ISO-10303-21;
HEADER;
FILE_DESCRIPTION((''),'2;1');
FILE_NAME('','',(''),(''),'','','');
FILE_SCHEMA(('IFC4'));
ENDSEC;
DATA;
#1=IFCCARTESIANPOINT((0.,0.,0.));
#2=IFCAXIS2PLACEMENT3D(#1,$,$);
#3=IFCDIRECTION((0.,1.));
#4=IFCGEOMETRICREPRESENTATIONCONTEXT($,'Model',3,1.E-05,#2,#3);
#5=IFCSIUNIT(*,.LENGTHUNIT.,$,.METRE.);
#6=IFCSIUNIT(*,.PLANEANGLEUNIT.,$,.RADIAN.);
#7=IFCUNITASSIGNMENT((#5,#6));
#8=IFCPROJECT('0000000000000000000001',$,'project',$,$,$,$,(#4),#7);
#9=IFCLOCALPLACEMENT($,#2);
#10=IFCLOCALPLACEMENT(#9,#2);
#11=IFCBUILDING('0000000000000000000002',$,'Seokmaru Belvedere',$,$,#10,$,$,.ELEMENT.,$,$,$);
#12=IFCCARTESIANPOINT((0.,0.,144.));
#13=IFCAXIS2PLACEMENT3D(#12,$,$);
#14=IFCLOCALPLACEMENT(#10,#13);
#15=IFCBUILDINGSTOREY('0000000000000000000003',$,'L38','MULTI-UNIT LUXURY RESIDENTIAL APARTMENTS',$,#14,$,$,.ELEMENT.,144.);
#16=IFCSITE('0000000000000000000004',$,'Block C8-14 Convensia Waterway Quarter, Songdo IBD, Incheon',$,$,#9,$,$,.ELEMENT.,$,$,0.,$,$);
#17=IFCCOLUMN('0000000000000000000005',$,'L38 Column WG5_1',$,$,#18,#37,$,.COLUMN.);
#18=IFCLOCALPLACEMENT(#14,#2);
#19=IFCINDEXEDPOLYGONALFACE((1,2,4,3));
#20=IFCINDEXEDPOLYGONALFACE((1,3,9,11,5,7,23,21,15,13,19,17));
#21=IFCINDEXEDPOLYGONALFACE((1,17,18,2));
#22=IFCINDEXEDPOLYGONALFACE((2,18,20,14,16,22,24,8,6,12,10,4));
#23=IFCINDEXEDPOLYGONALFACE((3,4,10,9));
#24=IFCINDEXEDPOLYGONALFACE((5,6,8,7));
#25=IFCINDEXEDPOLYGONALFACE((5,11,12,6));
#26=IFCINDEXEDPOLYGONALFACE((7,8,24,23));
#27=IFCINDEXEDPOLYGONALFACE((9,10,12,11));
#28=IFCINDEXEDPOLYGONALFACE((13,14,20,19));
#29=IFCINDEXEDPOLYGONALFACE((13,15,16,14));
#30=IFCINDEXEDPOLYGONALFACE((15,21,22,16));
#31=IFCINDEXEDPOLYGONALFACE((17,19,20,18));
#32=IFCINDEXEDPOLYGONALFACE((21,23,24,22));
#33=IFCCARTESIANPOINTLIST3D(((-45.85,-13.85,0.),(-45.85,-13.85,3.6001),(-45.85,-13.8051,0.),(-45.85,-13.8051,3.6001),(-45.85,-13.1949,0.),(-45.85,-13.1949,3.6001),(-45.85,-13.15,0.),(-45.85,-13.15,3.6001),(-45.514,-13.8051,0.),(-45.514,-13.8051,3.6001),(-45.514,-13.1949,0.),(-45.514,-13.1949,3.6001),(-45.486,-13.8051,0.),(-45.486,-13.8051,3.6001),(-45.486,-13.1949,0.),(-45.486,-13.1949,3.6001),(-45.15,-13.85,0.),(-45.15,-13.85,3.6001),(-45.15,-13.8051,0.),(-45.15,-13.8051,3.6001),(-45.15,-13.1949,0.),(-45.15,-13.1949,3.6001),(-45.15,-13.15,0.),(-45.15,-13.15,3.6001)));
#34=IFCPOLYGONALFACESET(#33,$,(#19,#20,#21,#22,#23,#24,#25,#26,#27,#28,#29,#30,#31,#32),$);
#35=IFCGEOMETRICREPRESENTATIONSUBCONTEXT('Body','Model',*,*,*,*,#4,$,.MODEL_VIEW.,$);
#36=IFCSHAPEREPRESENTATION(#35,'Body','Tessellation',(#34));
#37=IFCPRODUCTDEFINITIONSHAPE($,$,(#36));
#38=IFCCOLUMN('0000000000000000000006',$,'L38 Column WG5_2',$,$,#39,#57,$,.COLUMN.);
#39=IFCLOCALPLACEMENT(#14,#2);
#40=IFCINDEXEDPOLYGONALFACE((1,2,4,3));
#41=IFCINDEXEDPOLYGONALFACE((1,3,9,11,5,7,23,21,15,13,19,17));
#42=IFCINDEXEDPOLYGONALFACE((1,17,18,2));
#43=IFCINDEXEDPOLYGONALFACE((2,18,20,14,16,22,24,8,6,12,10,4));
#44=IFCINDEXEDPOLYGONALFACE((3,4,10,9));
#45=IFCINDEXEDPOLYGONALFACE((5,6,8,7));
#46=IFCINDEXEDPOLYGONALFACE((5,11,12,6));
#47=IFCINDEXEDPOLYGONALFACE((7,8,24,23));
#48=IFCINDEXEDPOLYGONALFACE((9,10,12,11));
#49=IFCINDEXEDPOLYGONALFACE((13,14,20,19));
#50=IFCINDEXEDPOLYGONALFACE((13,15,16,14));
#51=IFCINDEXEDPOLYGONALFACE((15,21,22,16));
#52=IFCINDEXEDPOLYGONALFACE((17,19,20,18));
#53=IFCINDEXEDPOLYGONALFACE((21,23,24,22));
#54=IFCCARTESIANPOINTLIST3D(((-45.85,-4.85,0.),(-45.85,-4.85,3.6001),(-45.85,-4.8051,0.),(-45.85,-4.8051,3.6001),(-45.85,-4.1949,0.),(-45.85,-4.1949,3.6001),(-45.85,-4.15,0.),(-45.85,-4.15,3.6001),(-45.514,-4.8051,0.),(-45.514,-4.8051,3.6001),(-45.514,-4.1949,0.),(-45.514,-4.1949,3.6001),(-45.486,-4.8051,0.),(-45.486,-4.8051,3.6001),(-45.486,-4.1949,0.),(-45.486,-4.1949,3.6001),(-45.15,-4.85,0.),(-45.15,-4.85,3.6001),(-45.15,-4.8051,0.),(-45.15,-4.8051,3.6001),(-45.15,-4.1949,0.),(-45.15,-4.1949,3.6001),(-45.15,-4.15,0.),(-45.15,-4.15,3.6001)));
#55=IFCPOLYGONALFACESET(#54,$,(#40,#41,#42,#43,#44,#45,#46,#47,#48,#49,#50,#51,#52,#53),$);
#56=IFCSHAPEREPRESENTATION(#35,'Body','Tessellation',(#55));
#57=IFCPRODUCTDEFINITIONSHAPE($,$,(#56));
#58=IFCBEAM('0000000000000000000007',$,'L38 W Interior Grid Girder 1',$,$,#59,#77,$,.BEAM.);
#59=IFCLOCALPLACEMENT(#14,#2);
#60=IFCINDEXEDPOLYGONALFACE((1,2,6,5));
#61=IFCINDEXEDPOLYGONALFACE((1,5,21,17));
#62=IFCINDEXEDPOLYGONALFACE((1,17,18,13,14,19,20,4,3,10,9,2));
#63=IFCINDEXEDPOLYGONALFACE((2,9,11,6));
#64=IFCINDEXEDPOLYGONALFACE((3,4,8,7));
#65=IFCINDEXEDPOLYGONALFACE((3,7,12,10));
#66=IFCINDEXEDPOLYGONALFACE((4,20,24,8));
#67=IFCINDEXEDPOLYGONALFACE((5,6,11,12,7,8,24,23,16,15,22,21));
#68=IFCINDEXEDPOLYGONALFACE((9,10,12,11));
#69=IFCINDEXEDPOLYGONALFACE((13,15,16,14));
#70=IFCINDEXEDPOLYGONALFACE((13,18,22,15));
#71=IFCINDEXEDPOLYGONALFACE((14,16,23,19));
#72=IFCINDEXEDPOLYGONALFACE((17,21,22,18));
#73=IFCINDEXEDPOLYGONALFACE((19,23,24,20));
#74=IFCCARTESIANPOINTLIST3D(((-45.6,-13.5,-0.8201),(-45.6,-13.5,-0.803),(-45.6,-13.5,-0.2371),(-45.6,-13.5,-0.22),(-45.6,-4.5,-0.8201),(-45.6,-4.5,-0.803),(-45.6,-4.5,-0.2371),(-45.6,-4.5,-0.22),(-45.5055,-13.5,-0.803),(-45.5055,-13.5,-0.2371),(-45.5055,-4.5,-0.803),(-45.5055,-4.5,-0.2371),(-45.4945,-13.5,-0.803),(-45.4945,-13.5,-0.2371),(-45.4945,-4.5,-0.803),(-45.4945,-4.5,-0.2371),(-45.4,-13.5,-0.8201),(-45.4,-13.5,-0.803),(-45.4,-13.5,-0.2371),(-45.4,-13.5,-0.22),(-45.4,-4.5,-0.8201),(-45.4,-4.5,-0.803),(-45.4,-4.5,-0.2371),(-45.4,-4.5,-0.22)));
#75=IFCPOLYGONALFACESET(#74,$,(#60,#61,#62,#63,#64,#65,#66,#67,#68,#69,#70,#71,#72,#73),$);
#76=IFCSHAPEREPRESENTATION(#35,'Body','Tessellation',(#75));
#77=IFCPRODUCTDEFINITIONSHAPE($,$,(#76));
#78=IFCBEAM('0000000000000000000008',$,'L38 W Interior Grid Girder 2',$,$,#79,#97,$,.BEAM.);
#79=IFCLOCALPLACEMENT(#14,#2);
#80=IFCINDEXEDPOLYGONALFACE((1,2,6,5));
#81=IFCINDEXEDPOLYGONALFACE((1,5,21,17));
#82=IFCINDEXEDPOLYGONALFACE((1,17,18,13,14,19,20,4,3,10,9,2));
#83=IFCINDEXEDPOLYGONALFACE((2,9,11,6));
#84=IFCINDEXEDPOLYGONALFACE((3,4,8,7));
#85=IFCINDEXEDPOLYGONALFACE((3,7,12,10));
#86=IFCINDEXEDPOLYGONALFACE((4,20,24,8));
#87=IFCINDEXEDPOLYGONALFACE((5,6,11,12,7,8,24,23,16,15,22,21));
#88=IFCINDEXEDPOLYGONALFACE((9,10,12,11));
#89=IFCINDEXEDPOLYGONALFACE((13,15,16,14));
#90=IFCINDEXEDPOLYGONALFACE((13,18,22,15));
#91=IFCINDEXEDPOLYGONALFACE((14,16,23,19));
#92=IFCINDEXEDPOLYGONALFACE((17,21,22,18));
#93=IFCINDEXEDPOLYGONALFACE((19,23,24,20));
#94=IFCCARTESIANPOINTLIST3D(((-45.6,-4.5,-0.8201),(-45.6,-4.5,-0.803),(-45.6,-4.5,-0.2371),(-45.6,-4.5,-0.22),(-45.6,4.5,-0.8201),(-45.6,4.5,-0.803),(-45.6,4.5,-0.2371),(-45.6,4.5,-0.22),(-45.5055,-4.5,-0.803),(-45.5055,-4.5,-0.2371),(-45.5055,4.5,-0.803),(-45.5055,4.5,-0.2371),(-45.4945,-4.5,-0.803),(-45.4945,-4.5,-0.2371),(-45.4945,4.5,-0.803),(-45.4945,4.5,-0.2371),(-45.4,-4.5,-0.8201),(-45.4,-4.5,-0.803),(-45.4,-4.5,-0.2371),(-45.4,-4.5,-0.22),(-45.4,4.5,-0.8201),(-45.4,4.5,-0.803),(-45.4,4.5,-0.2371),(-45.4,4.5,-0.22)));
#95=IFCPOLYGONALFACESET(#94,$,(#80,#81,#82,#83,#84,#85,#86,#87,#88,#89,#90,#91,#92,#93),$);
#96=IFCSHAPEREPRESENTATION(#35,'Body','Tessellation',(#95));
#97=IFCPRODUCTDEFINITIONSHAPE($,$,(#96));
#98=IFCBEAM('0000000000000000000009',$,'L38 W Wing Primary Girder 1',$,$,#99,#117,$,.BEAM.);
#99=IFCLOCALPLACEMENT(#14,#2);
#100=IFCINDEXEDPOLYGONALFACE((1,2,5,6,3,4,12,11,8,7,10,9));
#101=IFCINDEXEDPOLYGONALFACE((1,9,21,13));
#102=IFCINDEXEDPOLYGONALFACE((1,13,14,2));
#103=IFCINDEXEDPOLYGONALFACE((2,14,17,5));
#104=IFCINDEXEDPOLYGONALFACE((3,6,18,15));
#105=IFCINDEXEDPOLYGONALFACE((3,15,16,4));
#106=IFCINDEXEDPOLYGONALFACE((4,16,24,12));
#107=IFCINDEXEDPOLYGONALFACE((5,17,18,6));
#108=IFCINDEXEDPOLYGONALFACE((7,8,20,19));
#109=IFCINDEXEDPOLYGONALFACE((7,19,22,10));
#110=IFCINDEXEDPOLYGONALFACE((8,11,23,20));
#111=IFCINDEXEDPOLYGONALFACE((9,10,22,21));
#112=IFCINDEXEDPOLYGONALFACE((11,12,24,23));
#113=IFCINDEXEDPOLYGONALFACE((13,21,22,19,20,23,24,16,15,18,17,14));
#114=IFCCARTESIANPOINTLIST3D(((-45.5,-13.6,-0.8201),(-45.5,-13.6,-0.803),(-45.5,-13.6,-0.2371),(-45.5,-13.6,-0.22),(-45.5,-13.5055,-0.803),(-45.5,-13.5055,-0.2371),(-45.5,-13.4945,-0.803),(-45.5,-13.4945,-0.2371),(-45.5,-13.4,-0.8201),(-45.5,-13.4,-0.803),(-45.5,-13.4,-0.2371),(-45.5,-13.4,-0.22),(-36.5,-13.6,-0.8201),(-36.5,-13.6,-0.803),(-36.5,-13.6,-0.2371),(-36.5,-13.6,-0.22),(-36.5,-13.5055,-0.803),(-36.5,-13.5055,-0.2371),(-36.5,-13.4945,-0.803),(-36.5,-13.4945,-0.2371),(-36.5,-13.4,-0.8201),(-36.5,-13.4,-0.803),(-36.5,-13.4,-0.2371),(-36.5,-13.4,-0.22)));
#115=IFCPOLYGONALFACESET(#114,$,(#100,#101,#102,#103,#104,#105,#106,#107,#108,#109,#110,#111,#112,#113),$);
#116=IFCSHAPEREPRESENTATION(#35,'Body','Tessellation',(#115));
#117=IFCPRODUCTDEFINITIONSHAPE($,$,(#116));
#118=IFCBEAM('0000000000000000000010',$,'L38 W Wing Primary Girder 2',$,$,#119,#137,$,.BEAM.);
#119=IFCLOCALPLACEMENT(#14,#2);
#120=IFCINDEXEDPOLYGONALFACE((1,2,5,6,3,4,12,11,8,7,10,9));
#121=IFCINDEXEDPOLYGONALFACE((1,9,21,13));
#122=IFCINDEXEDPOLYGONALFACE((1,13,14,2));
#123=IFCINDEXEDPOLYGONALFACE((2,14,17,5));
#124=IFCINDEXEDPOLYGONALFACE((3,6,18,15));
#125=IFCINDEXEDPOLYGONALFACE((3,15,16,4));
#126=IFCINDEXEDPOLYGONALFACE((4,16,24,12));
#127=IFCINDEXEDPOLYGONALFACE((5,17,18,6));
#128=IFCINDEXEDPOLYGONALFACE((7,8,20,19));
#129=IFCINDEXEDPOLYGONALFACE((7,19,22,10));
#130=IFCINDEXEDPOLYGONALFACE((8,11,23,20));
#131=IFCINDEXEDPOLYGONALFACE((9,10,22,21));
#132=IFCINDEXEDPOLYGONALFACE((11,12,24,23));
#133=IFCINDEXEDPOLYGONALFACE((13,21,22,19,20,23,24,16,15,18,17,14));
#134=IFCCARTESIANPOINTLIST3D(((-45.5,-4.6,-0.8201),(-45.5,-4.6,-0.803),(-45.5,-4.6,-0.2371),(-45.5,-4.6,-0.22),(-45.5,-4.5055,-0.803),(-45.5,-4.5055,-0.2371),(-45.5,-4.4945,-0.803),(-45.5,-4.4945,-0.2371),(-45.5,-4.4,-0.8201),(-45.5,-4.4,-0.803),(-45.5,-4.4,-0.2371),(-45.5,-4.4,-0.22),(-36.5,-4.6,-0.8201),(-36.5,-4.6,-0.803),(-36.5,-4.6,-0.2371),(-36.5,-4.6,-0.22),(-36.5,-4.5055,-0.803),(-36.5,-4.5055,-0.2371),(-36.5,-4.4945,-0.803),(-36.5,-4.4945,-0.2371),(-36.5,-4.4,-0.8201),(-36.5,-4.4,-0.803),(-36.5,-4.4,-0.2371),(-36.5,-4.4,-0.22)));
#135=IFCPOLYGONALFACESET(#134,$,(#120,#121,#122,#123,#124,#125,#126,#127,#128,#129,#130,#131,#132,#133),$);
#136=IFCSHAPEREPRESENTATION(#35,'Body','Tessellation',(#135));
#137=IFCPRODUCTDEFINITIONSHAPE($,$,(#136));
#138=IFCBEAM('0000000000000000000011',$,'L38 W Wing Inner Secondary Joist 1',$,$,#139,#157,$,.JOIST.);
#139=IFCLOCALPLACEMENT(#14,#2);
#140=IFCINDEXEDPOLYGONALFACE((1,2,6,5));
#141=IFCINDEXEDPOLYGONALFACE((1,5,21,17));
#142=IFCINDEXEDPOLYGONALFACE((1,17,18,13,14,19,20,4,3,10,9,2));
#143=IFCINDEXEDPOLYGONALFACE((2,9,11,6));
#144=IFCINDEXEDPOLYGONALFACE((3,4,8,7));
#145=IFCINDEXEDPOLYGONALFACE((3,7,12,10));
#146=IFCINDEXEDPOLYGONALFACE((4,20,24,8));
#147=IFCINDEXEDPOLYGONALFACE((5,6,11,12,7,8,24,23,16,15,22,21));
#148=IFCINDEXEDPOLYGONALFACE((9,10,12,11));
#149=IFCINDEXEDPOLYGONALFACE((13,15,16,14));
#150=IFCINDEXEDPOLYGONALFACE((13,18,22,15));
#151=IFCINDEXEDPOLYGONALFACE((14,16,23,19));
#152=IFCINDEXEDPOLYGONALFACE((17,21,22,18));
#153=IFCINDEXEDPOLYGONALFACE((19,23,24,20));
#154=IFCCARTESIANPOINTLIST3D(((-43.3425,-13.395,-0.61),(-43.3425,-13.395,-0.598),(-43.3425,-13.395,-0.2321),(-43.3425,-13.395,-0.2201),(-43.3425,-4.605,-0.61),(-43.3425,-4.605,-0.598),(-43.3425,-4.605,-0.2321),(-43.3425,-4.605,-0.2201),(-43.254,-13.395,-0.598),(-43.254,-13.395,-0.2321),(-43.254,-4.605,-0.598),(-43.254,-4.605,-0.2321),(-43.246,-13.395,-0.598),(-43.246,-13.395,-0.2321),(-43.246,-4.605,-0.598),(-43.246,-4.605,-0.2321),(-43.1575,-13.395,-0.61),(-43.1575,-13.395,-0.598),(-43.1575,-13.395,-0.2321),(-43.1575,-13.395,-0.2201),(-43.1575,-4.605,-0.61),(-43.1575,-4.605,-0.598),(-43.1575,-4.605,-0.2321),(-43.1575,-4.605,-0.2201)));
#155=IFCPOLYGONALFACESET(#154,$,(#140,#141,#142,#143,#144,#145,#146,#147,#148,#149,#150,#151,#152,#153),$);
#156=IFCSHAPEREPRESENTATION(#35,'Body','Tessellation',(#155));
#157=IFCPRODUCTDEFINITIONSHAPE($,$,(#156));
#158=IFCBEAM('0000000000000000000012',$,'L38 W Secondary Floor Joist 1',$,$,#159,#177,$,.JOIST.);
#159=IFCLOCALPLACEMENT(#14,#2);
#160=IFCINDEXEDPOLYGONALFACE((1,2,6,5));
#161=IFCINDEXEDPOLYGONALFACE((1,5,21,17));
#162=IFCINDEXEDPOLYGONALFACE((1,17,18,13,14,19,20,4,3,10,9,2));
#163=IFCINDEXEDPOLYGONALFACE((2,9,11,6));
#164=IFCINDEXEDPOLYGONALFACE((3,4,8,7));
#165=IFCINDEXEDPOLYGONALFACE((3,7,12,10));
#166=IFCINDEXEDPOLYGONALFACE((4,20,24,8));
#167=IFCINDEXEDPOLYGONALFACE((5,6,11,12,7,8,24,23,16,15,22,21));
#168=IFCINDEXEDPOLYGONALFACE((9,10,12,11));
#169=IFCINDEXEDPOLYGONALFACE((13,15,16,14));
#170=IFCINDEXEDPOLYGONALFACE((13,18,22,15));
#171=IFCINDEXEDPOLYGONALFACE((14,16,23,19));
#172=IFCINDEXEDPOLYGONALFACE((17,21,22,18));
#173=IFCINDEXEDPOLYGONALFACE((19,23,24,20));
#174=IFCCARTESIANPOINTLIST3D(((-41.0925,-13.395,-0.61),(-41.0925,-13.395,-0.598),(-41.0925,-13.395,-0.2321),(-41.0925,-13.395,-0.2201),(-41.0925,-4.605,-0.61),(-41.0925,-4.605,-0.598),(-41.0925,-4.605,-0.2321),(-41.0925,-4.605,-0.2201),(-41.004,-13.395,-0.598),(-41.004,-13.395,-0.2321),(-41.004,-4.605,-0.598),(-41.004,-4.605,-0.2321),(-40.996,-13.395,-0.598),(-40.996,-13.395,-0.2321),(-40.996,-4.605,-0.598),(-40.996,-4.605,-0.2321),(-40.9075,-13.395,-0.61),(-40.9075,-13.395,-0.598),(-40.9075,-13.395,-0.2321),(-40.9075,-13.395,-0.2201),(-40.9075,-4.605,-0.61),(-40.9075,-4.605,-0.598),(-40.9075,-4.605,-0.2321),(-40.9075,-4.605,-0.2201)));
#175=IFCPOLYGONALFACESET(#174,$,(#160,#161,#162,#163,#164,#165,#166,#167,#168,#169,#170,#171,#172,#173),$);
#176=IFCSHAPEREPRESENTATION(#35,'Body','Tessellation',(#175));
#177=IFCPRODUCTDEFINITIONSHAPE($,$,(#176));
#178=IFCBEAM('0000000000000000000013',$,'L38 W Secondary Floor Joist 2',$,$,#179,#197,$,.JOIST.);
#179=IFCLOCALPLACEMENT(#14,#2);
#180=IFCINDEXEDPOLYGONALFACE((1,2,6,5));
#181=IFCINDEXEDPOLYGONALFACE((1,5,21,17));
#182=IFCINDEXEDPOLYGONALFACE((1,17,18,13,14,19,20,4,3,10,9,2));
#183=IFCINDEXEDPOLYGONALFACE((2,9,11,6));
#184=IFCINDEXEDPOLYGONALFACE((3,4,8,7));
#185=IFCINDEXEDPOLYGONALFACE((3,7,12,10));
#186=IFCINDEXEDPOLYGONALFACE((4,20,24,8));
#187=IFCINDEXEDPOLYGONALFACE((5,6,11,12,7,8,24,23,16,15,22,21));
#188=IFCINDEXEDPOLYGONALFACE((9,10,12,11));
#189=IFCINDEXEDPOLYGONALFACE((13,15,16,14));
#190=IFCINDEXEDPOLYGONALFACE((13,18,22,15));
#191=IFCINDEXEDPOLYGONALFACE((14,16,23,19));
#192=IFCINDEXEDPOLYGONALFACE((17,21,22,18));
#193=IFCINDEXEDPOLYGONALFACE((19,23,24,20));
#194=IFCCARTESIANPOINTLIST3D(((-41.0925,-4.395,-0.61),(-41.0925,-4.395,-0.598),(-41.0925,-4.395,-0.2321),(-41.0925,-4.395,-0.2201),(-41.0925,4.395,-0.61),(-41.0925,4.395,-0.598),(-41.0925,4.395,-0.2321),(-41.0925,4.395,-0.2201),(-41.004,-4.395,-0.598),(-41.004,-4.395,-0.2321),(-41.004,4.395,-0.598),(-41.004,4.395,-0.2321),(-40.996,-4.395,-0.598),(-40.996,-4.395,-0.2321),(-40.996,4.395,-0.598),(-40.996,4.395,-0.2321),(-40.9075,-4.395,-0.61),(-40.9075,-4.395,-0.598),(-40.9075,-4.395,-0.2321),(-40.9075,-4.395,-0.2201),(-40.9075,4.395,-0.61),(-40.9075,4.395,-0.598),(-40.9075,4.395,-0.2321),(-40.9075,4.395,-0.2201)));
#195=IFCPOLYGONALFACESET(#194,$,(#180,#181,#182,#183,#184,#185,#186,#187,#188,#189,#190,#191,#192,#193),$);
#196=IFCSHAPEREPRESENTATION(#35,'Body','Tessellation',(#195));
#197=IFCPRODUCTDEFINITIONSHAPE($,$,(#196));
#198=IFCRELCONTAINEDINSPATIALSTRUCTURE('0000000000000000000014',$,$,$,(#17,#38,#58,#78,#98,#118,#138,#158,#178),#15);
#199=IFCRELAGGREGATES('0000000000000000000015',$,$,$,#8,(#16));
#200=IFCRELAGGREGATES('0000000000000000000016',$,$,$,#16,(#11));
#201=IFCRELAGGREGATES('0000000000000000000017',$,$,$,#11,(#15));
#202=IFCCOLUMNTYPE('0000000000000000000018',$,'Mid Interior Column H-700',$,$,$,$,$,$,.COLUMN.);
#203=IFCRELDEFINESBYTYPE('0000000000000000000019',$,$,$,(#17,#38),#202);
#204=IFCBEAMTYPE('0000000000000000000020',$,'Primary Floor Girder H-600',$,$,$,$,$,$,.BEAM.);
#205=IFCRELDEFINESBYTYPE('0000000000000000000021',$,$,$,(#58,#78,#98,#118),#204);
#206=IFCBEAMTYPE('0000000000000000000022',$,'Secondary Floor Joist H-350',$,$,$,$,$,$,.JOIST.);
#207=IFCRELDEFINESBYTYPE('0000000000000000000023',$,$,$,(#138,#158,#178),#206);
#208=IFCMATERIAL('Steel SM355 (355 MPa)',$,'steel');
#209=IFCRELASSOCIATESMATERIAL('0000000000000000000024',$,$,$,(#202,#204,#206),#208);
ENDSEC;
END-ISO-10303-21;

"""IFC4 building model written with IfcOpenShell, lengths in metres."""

from ifc_helpers import new_model, si_unit, direction, frame, origin, origin_2d, place, context, subcontext, project, spatial, i_section, extrude, source, transform, mapped, material, material_profile, profile_set, type_object, type_shapes, element, save


model = new_model("IFC4")

# Units and contexts
model_context = context("Model", 3, precision=1e-05, world=origin(), true_north=direction((0.0, 1.0)))
body_context = subcontext(model_context, "Body", "Model", "MODEL_VIEW")
ifc_project = project(units=[si_unit("LENGTHUNIT", "METRE"), si_unit("PLANEANGLEUNIT", "RADIAN")], contexts=[model_context])

# Site, building, storey
site_placement = place(None, origin())
site = spatial("IfcSite", under=ifc_project, at=site_placement, Name="Block C8-14 Convensia Waterway Quarter, Songdo IBD, Incheon", CompositionType="ELEMENT", RefElevation=0.0)
building_placement = place(site_placement, origin())
building = spatial("IfcBuilding", under=site, at=building_placement, Name="Seokmaru Belvedere", CompositionType="ELEMENT")
storey_placement = place(building_placement, frame((0.0, 0.0, 144.0)))
storey = spatial("IfcBuildingStorey", under=building, at=storey_placement, Name="L38", Description="MULTI-UNIT LUXURY RESIDENTIAL APARTMENTS", CompositionType="ELEMENT", Elevation=144.0)

# Columns
ifc_material_1 = material(Name="Steel SM355 (355 MPa)", Category="steel")
ifc_material_profile_1 = material_profile(ifc_material_1, i_section(OverallWidth=0.7, OverallDepth=0.7, WebThickness=0.0281, FlangeThickness=0.0449, at=origin_2d()), Name="H-700x700x28x45")
ifc_profile_set_1 = profile_set([ifc_material_profile_1], Name="Steel SM355 (355 MPa)")
column_type = type_object("IfcColumnType", Name="Mid Interior Column H-700", PredefinedType="COLUMN", material=ifc_profile_set_1)
shared_shape_1 = source(origin(), body_context, "Body", "SweptSolid", [
    extrude(i_section(OverallWidth=0.7, OverallDepth=0.7, WebThickness=0.0281, FlangeThickness=0.0449, at=origin_2d()), origin(), (0.0, 0.0, 1.0), 3.6001),
])
type_shapes(column_type, [shared_shape_1])
for number, where, z_axis, x_axis, name in (
    (1, (-45.5, -13.5, 0.0), (0.0, 0.0, 1.0), (1.0, 0.0, 0.0), "L38 Column WG5_1"),
    (2, (-45.5, -4.5, 0.0), (0.0, 0.0, 1.0), (1.0, 0.0, 0.0), "L38 Column WG5_2"),
):
    element("IfcColumn", number, at=place(storey_placement, frame(where, z_axis=z_axis, x_axis=x_axis)), inside=storey, type_object=column_type, Name=name, PredefinedType="COLUMN", context=body_context, shape_type="MappedRepresentation", body=[
        mapped(shared_shape_1, transform((0.0, 0.0, 0.0), scale=1.0)),
    ])

# Beams
ifc_material_profile_2 = material_profile(ifc_material_1, i_section(OverallWidth=0.2, OverallDepth=0.6001, WebThickness=0.011, FlangeThickness=0.0171, at=origin_2d()), Name="H-600x200x11x17")
ifc_profile_set_2 = profile_set([ifc_material_profile_2], Name="Steel SM355 (355 MPa)")
beam_type_1 = type_object("IfcBeamType", Name="Primary Floor Girder H-600", PredefinedType="BEAM", material=ifc_profile_set_2)
shared_shape_2 = source(origin(), body_context, "Body", "SweptSolid", [
    extrude(i_section(OverallWidth=0.2, OverallDepth=0.6001, WebThickness=0.011, FlangeThickness=0.0171, at=origin_2d()), origin(), (0.0, 0.0, 1.0), 9.0),
])
type_shapes(beam_type_1, [shared_shape_2])
for number, where, z_axis, x_axis, name in (
    (3, (-45.5, -13.5, -0.52), (0.0, 1.0, 0.0), (-1.0, 0.0, 0.0), "L38 W Interior Grid Girder 1"),
    (4, (-45.5, -4.5, -0.52), (0.0, 1.0, 0.0), (-1.0, 0.0, 0.0), "L38 W Interior Grid Girder 2"),
    (5, (-45.5, -13.5, -0.52), (1.0, 0.0, 0.0), (0.0, 1.0, 0.0), "L38 W Wing Primary Girder 1"),
    (6, (-45.5, -4.5, -0.52), (1.0, 0.0, 0.0), (0.0, 1.0, 0.0), "L38 W Wing Primary Girder 2"),
):
    element("IfcBeam", number, at=place(storey_placement, frame(where, z_axis=z_axis, x_axis=x_axis)), inside=storey, type_object=beam_type_1, Name=name, PredefinedType="BEAM", context=body_context, shape_type="MappedRepresentation", body=[
        mapped(shared_shape_2, transform((0.0, 0.0, 0.0), scale=1.0)),
    ])
ifc_material_profile_3 = material_profile(ifc_material_1, i_section(OverallWidth=0.1851, OverallDepth=0.3899, WebThickness=0.0081, FlangeThickness=0.012, at=origin_2d()), Name="H-390x185x8x12")
ifc_profile_set_3 = profile_set([ifc_material_profile_3], Name="Steel SM355 (355 MPa)")
beam_type_2 = type_object("IfcBeamType", Name="Secondary Floor Joist H-350", PredefinedType="JOIST", material=ifc_profile_set_3)
shared_shape_3 = source(origin(), body_context, "Body", "SweptSolid", [
    extrude(i_section(OverallWidth=0.1851, OverallDepth=0.3899, WebThickness=0.0081, FlangeThickness=0.012, at=origin_2d()), origin(), (0.0, 0.0, 1.0), 8.79),
])
type_shapes(beam_type_2, [shared_shape_3])
for number, where, z_axis, x_axis, name in (
    (7, (-43.25, -13.395, -0.415), (0.0, 1.0, 0.0), (-1.0, 0.0, 0.0), "L38 W Wing Inner Secondary Joist 1"),
    (8, (-41.0, -13.395, -0.415), (0.0, 1.0, 0.0), (-1.0, 0.0, 0.0), "L38 W Secondary Floor Joist 1"),
    (9, (-41.0, -4.395, -0.415), (0.0, 1.0, 0.0), (-1.0, 0.0, 0.0), "L38 W Secondary Floor Joist 2"),
):
    element("IfcBeam", number, at=place(storey_placement, frame(where, z_axis=z_axis, x_axis=x_axis)), inside=storey, type_object=beam_type_2, Name=name, PredefinedType="JOIST", context=body_context, shape_type="MappedRepresentation", body=[
        mapped(shared_shape_3, transform((0.0, 0.0, 0.0), scale=1.0)),
    ])

save(model, "model.ifc")
